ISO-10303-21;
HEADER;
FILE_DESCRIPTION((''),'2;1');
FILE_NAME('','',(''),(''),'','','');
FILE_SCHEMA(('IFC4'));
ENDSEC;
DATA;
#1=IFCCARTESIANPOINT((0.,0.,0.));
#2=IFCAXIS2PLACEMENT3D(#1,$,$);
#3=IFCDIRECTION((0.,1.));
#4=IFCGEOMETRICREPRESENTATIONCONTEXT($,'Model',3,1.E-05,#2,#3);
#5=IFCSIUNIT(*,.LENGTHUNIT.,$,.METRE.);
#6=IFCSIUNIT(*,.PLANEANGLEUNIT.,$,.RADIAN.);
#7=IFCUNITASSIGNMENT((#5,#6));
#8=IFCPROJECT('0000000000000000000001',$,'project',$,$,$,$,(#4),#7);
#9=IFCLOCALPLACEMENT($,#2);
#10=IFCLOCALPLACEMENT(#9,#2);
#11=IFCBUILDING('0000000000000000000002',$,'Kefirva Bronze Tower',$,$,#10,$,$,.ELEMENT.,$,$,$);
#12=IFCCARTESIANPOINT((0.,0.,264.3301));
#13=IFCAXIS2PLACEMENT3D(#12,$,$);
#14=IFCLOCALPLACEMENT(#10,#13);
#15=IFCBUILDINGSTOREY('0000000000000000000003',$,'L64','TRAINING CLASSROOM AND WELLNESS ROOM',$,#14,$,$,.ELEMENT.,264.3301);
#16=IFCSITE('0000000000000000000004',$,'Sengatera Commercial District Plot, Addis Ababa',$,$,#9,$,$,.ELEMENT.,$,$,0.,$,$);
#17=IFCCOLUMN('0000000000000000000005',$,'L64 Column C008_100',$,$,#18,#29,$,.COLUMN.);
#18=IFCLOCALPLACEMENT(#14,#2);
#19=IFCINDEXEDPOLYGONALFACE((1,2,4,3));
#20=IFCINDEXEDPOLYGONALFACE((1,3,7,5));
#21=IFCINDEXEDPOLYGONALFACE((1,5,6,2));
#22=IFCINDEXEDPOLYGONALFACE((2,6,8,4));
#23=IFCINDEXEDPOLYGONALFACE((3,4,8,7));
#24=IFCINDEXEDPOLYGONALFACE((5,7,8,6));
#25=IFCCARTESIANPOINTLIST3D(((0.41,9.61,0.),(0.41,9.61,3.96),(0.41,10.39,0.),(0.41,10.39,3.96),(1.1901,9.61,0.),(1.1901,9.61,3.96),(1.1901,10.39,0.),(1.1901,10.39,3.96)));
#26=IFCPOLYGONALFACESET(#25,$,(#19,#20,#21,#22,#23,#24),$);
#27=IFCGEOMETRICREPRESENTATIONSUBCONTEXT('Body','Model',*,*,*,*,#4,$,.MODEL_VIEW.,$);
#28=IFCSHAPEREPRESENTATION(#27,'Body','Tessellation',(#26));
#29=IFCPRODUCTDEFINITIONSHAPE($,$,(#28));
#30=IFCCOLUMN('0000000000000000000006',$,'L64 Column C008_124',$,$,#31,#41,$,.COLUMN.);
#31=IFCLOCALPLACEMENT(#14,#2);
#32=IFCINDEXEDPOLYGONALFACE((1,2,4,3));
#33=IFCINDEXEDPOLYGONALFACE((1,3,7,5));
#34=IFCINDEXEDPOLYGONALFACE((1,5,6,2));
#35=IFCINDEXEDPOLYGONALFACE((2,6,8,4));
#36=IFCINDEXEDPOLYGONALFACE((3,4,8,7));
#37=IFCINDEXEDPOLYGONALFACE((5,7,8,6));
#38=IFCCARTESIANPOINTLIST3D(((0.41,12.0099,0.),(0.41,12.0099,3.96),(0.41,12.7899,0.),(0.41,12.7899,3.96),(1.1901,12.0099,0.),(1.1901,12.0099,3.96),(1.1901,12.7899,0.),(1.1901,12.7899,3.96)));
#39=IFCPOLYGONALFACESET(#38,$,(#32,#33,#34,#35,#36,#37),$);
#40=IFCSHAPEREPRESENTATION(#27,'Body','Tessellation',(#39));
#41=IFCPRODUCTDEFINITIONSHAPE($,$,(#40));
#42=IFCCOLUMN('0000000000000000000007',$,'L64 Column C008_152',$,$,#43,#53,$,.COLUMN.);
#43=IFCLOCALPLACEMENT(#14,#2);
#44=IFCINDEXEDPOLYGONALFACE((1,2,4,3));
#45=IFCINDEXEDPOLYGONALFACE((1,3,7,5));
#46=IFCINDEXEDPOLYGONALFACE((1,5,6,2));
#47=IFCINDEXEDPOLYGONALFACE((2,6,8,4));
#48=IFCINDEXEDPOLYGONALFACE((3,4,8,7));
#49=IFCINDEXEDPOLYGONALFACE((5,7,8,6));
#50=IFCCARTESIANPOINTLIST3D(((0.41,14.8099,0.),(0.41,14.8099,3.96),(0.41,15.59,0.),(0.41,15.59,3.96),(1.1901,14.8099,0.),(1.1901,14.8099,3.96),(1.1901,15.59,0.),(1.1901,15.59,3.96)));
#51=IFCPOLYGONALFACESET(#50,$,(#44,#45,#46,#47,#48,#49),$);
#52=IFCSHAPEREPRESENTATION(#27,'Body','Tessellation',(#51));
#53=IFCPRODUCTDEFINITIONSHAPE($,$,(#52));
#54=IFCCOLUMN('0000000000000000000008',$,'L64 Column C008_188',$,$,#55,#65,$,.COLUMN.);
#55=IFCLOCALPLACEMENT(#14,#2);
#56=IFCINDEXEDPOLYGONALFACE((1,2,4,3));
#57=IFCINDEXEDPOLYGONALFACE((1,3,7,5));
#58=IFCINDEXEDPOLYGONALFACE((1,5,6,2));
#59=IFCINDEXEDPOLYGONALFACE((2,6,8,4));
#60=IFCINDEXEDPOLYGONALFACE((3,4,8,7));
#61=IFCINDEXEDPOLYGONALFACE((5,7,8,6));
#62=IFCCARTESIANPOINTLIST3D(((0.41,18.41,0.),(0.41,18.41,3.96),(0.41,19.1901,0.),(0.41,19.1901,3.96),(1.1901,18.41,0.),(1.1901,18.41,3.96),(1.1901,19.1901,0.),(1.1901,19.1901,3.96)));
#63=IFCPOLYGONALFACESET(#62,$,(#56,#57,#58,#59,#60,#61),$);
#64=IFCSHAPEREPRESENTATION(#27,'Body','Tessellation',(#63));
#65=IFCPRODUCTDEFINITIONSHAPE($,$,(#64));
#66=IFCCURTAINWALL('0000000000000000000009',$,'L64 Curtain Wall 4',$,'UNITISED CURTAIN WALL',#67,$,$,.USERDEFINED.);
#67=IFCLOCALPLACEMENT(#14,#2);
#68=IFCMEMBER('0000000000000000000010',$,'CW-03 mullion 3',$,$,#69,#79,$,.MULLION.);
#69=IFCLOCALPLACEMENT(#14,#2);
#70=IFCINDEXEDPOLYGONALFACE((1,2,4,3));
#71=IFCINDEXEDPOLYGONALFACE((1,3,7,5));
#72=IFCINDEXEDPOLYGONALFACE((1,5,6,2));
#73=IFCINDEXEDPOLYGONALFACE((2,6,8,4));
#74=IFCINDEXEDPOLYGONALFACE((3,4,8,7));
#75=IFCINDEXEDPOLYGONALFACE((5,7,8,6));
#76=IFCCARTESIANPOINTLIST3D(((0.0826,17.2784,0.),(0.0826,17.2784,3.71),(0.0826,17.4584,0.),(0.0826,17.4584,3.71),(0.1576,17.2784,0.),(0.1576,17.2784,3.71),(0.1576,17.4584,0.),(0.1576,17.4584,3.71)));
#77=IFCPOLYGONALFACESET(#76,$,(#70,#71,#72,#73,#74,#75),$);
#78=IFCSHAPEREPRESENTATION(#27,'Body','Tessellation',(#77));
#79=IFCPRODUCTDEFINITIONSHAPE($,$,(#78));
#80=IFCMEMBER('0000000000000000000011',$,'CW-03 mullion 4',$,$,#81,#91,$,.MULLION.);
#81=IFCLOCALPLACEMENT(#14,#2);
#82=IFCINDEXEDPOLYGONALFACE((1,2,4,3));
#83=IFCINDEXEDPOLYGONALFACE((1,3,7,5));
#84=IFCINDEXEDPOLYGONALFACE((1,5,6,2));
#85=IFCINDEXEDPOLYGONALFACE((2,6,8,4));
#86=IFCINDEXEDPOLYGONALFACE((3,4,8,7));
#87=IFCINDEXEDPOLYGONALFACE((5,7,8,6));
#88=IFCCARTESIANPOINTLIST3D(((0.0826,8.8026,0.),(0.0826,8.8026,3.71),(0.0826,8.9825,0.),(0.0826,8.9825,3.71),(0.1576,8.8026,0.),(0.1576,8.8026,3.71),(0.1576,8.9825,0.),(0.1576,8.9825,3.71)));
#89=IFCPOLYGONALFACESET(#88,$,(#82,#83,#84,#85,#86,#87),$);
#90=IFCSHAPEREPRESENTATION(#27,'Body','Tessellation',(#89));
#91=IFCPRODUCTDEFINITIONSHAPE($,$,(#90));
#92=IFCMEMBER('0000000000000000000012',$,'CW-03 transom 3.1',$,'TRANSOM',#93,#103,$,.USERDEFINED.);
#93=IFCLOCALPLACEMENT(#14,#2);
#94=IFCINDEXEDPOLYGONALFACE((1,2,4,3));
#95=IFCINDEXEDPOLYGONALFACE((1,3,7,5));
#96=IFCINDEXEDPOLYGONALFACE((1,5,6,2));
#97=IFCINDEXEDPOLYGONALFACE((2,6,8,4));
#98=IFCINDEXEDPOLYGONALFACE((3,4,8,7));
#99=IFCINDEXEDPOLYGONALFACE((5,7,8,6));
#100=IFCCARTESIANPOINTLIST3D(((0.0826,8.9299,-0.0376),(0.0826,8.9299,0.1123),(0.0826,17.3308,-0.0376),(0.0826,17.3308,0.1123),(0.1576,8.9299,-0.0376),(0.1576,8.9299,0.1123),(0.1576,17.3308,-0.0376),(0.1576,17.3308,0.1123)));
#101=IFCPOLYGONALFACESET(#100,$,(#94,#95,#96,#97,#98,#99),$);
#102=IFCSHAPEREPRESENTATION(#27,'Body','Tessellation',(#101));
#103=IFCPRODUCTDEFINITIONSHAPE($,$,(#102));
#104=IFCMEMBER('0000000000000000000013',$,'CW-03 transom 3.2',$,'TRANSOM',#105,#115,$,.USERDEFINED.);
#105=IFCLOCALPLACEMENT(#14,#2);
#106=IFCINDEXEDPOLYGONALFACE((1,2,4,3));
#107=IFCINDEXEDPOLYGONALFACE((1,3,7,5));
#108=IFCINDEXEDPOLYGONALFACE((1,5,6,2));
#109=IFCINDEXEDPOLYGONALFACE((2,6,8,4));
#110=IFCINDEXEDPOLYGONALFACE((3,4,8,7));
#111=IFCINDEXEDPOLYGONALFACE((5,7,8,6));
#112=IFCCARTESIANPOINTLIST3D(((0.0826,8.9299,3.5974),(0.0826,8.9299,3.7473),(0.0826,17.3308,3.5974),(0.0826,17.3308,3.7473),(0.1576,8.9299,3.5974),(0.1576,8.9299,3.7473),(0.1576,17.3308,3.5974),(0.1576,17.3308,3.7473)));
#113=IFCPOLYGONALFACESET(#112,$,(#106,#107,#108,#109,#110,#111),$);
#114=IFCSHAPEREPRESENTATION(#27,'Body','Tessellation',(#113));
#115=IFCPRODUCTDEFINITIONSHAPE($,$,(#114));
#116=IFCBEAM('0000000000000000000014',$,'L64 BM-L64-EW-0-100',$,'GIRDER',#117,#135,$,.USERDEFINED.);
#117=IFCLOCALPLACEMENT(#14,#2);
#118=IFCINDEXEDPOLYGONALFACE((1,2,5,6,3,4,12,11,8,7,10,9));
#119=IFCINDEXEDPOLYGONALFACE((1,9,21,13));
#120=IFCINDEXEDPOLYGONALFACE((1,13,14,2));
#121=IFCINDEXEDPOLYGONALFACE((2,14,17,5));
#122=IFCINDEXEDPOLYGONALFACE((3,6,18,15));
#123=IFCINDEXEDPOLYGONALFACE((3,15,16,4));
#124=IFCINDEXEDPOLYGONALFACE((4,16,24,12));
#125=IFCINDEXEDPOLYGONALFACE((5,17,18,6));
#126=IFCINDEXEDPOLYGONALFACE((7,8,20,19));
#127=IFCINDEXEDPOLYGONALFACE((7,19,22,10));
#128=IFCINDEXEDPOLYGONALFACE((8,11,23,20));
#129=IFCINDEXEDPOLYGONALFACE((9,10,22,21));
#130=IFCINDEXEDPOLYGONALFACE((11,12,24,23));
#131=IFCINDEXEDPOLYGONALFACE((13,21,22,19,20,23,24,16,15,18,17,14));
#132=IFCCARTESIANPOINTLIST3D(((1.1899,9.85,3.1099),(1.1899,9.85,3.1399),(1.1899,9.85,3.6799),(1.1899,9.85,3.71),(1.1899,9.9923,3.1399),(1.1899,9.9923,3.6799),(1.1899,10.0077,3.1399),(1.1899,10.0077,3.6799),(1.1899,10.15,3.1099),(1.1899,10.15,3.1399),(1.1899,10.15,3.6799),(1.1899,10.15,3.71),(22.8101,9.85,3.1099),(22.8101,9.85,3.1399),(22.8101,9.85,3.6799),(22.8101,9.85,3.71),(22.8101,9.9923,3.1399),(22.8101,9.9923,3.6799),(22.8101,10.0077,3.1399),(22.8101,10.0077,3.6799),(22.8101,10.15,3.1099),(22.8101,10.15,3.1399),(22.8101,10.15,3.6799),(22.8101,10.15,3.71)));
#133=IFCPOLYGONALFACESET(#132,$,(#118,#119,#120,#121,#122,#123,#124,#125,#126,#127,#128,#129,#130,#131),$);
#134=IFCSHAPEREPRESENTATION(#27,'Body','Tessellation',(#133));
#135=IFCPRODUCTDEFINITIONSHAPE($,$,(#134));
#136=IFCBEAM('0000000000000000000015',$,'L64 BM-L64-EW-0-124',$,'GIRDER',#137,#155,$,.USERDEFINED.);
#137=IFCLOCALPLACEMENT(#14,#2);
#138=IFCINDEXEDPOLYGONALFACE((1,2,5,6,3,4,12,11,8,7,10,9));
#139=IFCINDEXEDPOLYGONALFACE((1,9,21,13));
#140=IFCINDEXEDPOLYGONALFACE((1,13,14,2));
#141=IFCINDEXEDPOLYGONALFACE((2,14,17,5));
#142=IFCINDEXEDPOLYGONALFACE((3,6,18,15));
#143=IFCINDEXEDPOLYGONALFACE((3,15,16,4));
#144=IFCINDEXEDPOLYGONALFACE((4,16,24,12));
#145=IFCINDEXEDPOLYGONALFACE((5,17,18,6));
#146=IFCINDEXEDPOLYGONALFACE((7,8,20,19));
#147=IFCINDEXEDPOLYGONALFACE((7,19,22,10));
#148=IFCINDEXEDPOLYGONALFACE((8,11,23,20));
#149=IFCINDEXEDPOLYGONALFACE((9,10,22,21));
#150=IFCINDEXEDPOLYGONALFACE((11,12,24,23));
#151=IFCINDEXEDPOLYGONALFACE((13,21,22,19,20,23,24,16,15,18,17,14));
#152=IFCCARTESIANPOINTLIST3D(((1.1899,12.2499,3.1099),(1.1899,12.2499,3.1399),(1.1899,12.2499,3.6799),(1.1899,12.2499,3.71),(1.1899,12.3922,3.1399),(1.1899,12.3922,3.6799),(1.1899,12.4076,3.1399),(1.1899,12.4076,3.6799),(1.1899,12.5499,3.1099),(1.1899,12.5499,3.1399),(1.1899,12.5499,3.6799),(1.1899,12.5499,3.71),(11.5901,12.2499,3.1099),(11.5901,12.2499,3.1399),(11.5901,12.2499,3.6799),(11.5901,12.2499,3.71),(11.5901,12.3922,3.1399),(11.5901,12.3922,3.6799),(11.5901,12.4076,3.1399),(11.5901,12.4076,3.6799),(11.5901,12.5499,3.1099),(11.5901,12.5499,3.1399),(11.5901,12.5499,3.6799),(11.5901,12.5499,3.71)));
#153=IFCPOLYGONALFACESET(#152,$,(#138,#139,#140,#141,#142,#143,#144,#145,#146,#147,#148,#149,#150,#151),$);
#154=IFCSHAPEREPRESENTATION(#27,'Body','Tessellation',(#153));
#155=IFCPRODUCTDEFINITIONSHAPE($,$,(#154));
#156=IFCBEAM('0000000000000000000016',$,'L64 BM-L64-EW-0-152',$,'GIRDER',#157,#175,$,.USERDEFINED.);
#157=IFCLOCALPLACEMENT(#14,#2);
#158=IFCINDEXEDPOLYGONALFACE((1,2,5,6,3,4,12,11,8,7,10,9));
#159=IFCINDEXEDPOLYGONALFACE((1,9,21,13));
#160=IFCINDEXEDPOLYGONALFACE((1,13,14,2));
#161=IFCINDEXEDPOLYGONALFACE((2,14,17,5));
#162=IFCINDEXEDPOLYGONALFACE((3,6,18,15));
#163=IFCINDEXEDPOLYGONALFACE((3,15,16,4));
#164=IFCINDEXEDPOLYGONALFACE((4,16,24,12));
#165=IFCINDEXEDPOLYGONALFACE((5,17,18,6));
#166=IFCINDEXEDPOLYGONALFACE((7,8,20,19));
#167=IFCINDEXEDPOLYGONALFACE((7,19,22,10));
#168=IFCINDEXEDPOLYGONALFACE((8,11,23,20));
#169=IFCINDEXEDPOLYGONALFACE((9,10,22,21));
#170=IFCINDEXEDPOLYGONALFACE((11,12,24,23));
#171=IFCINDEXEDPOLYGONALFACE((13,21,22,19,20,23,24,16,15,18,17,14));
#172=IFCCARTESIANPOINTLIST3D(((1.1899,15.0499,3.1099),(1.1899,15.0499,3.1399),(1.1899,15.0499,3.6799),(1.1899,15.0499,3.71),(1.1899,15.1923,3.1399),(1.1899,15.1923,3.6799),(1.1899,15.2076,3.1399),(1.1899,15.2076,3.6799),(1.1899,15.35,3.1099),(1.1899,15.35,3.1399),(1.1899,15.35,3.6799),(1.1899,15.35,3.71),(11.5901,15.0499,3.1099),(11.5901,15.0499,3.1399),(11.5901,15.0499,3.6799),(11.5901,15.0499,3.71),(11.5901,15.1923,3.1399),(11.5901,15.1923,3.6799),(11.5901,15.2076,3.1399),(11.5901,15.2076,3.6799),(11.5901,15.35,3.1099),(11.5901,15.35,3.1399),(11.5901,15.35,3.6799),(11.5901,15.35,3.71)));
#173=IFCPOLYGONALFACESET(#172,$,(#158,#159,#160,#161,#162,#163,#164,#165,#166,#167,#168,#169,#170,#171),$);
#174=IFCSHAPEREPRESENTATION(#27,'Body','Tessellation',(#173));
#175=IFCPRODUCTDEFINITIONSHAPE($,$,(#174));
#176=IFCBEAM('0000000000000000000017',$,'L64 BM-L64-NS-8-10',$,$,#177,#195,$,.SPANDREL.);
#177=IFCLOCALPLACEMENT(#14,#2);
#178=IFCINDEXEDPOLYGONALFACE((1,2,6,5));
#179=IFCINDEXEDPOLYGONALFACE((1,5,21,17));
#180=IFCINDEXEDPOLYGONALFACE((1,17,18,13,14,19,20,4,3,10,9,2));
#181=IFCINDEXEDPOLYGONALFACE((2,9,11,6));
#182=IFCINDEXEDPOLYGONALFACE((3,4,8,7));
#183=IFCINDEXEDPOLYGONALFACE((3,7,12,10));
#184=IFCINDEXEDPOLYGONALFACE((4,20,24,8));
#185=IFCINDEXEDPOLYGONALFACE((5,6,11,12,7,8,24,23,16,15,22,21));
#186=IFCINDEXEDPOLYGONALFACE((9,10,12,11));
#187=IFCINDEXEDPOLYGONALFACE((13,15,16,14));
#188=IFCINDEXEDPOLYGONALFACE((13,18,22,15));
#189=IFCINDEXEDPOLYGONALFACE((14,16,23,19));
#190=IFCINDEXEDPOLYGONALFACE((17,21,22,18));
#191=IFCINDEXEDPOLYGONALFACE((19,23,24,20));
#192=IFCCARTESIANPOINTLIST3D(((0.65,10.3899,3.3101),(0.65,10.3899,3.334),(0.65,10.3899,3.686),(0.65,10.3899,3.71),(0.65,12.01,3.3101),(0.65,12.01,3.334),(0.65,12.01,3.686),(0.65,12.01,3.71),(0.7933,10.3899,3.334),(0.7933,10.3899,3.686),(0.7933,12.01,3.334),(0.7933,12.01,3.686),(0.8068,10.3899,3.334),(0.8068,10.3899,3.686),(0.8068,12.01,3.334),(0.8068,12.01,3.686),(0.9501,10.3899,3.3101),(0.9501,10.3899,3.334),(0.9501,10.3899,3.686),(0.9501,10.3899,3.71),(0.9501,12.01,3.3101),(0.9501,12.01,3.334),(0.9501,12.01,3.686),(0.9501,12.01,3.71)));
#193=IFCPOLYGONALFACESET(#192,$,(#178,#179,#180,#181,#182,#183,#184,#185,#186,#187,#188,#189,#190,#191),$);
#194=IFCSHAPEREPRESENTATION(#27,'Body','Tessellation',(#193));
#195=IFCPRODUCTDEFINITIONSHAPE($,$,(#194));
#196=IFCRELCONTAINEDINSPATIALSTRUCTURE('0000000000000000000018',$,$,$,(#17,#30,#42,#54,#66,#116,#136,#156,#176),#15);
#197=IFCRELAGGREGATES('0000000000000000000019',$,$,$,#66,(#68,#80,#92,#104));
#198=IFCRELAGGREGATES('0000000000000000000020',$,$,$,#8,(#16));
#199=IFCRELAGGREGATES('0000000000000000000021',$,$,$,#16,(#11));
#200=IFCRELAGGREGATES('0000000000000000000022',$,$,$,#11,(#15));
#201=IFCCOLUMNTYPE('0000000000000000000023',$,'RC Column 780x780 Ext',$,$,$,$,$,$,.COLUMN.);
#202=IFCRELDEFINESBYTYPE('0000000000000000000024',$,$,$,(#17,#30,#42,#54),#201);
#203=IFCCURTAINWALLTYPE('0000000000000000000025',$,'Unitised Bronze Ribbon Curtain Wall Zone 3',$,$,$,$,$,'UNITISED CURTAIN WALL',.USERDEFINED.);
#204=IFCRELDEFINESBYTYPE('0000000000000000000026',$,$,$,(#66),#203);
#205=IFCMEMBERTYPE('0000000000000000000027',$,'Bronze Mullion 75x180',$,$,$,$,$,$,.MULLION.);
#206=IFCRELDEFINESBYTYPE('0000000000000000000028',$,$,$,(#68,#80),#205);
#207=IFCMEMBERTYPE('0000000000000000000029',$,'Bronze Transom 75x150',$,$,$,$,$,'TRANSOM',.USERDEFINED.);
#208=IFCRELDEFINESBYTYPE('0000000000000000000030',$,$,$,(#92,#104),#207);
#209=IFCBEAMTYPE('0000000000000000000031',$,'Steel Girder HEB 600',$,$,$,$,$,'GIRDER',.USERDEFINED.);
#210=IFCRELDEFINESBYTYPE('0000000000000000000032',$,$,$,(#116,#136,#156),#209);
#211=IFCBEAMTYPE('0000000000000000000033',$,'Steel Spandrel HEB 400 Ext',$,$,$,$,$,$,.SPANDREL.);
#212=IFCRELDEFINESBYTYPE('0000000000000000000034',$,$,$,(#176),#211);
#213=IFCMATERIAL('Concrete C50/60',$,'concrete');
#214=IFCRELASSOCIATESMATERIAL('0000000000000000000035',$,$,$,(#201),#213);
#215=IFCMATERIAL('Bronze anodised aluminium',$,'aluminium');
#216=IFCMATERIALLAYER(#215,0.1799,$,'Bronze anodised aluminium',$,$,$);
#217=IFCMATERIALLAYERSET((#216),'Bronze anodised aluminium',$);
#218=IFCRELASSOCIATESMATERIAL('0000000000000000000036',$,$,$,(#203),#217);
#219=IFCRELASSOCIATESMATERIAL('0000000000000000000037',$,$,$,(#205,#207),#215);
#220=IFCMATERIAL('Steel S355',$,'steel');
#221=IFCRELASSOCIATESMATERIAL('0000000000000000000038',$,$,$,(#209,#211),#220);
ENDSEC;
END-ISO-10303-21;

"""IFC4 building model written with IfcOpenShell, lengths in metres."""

from ifc_helpers import new_model, si_unit, direction, frame, origin, origin_2d, place, context, subcontext, project, spatial, rectangle, i_section, extrude, material, layer, layer_set, material_profile, profile_set, type_object, element, aggregate, save


model = new_model("IFC4")

# Units and contexts
model_context = context("Model", 3, precision=1e-05, world=origin(), true_north=direction((0.0, 1.0)))
body_context = subcontext(model_context, "Body", "Model", "MODEL_VIEW")
ifc_project = project(units=[si_unit("LENGTHUNIT", "METRE"), si_unit("PLANEANGLEUNIT", "RADIAN")], contexts=[model_context])

# Site, building, storey
site_placement = place(None, origin())
site = spatial("IfcSite", under=ifc_project, at=site_placement, Name="Sengatera Commercial District Plot, Addis Ababa", CompositionType="ELEMENT", RefElevation=0.0)
building_placement = place(site_placement, origin())
building = spatial("IfcBuilding", under=site, at=building_placement, Name="Kefirva Bronze Tower", CompositionType="ELEMENT")
storey_placement = place(building_placement, frame((0.0, 0.0, 264.3301)))
storey = spatial("IfcBuildingStorey", under=building, at=storey_placement, Name="L64", Description="TRAINING CLASSROOM AND WELLNESS ROOM", CompositionType="ELEMENT", Elevation=264.3301)

# Columns
ifc_material_1 = material(Name="Concrete C50/60", Category="concrete")
ifc_material_profile_1 = material_profile(ifc_material_1, rectangle(XDim=0.78, YDim=0.78, at=origin_2d()), Name="RC 780x780")
ifc_profile_set_1 = profile_set([ifc_material_profile_1], Name="Concrete C50/60")
column_type = type_object("IfcColumnType", Name="RC Column 780x780 Ext", PredefinedType="COLUMN", material=ifc_profile_set_1)
for number, where, z_axis, x_axis, name in (
    (1, (0.8, 10.0, 0.0), (0.0, 0.0, 1.0), (1.0, 0.0, 0.0), "L64 Column C008_100"),
    (2, (0.8, 12.3999, 0.0), (0.0, 0.0, 1.0), (1.0, 0.0, 0.0), "L64 Column C008_124"),
    (3, (0.8, 15.2, 0.0), (0.0, 0.0, 1.0), (1.0, 0.0, 0.0), "L64 Column C008_152"),
    (4, (0.8, 18.8, 0.0), (0.0, 0.0, 1.0), (1.0, 0.0, 0.0), "L64 Column C008_188"),
):
    element("IfcColumn", number, at=place(storey_placement, frame(where, z_axis=z_axis, x_axis=x_axis)), inside=storey, type_object=column_type, Name=name, PredefinedType="COLUMN", context=body_context, shape_type="SweptSolid", body=[
        extrude(rectangle(XDim=0.78, YDim=0.78, at=origin_2d()), origin(), (0.0, 0.0, 1.0), 3.96),
    ])

# Curtain wall, members
ifc_material_2 = material(Name="Bronze anodised aluminium", Category="aluminium")
ifc_layer_1 = layer(ifc_material_2, 0.1799, Name="Bronze anodised aluminium")
ifc_layer_set_1 = layer_set([ifc_layer_1], Name="Bronze anodised aluminium")
curtain_wall_type = type_object("IfcCurtainWallType", Name="Unitised Bronze Ribbon Curtain Wall Zone 3", ElementType="UNITISED CURTAIN WALL", PredefinedType="USERDEFINED", material=ifc_layer_set_1)
curtain_wall_placement = place(storey_placement, origin())
curtain_wall = element("IfcCurtainWall", 5, at=curtain_wall_placement, inside=storey, type_object=curtain_wall_type, Name="L64 Curtain Wall 4", ObjectType="UNITISED CURTAIN WALL", PredefinedType="USERDEFINED")
ifc_material_profile_2 = material_profile(ifc_material_2, rectangle(XDim=0.075, YDim=0.1799, at=origin_2d()), Name="ALU 75x180")
ifc_profile_set_2 = profile_set([ifc_material_profile_2], Name="Bronze anodised aluminium")
member_type_1 = type_object("IfcMemberType", Name="Bronze Mullion 75x180", PredefinedType="MULLION", material=ifc_profile_set_2)
member_1_placement = place(storey_placement, frame((0.1201, 17.3684, 0.0), z_axis=(0.0, 0.0, 1.0), x_axis=(1.0, 0.0, 0.0)))
member_1 = element("IfcMember", 6, at=member_1_placement, type_object=member_type_1, Name="CW-03 mullion 3", PredefinedType="MULLION", context=body_context, shape_type="SweptSolid", body=[
    extrude(rectangle(XDim=0.075, YDim=0.1799, at=origin_2d()), origin(), (0.0, 0.0, 1.0), 3.71),
])
member_2_placement = place(storey_placement, frame((0.1201, 8.8926, 0.0), z_axis=(0.0, 0.0, 1.0), x_axis=(1.0, 0.0, 0.0)))
member_2 = element("IfcMember", 7, at=member_2_placement, type_object=member_type_1, Name="CW-03 mullion 4", PredefinedType="MULLION", context=body_context, shape_type="SweptSolid", body=[
    extrude(rectangle(XDim=0.075, YDim=0.1799, at=origin_2d()), origin(), (0.0, 0.0, 1.0), 3.71),
])
ifc_material_profile_3 = material_profile(ifc_material_2, rectangle(XDim=0.075, YDim=0.1499, at=origin_2d()), Name="ALU 75x150")
ifc_profile_set_3 = profile_set([ifc_material_profile_3], Name="Bronze anodised aluminium")
member_type_2 = type_object("IfcMemberType", Name="Bronze Transom 75x150", ElementType="TRANSOM", PredefinedType="USERDEFINED", material=ifc_profile_set_3)
member_3_placement = place(storey_placement, frame((0.1201, 17.3308, 0.0374), z_axis=(0.0, -1.0, 0.0), x_axis=(1.0, 0.0, 0.0)))
member_3 = element("IfcMember", 8, at=member_3_placement, type_object=member_type_2, Name="CW-03 transom 3.1", ObjectType="TRANSOM", PredefinedType="USERDEFINED", context=body_context, shape_type="SweptSolid", body=[
    extrude(rectangle(XDim=0.075, YDim=0.1499, at=origin_2d()), origin(), (0.0, 0.0, 1.0), 8.4009),
])
member_4_placement = place(storey_placement, frame((0.1201, 17.3308, 3.6724), z_axis=(0.0, -1.0, 0.0), x_axis=(1.0, 0.0, 0.0)))
member_4 = element("IfcMember", 9, at=member_4_placement, type_object=member_type_2, Name="CW-03 transom 3.2", ObjectType="TRANSOM", PredefinedType="USERDEFINED", context=body_context, shape_type="SweptSolid", body=[
    extrude(rectangle(XDim=0.075, YDim=0.1499, at=origin_2d()), origin(), (0.0, 0.0, 1.0), 8.4009),
])

# Beams
ifc_material_3 = material(Name="Steel S355", Category="steel")
ifc_material_profile_4 = material_profile(ifc_material_3, i_section(OverallWidth=0.3, OverallDepth=0.6001, WebThickness=0.0154, FlangeThickness=0.03, at=origin_2d()), Name="HEB 600")
ifc_profile_set_4 = profile_set([ifc_material_profile_4], Name="Steel S355")
beam_type_1 = type_object("IfcBeamType", Name="Steel Girder HEB 600", ElementType="GIRDER", PredefinedType="USERDEFINED", material=ifc_profile_set_4)
beam_1_placement = place(storey_placement, frame((1.1899, 10.0, 3.4099), z_axis=(1.0, 0.0, 0.0), x_axis=(0.0, 1.0, 0.0)))
element("IfcBeam", 10, at=beam_1_placement, inside=storey, type_object=beam_type_1, Name="L64 BM-L64-EW-0-100", ObjectType="GIRDER", PredefinedType="USERDEFINED", context=body_context, shape_type="SweptSolid", body=[
    extrude(i_section(OverallWidth=0.3, OverallDepth=0.6001, WebThickness=0.0154, FlangeThickness=0.03, at=origin_2d()), origin(), (0.0, 0.0, 1.0), 21.6201),
])
for number, where, z_axis, x_axis, name in (
    (11, (1.1899, 12.3999, 3.4099), (1.0, 0.0, 0.0), (0.0, 1.0, 0.0), "L64 BM-L64-EW-0-124"),
    (12, (1.1899, 15.2, 3.4099), (1.0, 0.0, 0.0), (0.0, 1.0, 0.0), "L64 BM-L64-EW-0-152"),
):
    element("IfcBeam", number, at=place(storey_placement, frame(where, z_axis=z_axis, x_axis=x_axis)), inside=storey, type_object=beam_type_1, Name=name, ObjectType="GIRDER", PredefinedType="USERDEFINED", context=body_context, shape_type="SweptSolid", body=[
        extrude(i_section(OverallWidth=0.3, OverallDepth=0.6001, WebThickness=0.0154, FlangeThickness=0.03, at=origin_2d()), origin(), (0.0, 0.0, 1.0), 10.4001),
    ])
ifc_material_profile_5 = material_profile(ifc_material_3, i_section(OverallWidth=0.3, OverallDepth=0.3999, WebThickness=0.0134, FlangeThickness=0.0239, at=origin_2d()), Name="HEB 400")
ifc_profile_set_5 = profile_set([ifc_material_profile_5], Name="Steel S355")
beam_type_2 = type_object("IfcBeamType", Name="Steel Spandrel HEB 400 Ext", PredefinedType="SPANDREL", material=ifc_profile_set_5)
beam_2_placement = place(storey_placement, frame((0.8, 10.3899, 3.51), z_axis=(0.0, 1.0, 0.0), x_axis=(-1.0, 0.0, 0.0)))
element("IfcBeam", 13, at=beam_2_placement, inside=storey, type_object=beam_type_2, Name="L64 BM-L64-NS-8-10", PredefinedType="SPANDREL", context=body_context, shape_type="SweptSolid", body=[
    extrude(i_section(OverallWidth=0.3, OverallDepth=0.3999, WebThickness=0.0134, FlangeThickness=0.0239, at=origin_2d()), origin(), (0.0, 0.0, 1.0), 1.6201),
])

aggregate(curtain_wall, [member_1, member_2, member_3, member_4])

save(model, "model.ifc")
